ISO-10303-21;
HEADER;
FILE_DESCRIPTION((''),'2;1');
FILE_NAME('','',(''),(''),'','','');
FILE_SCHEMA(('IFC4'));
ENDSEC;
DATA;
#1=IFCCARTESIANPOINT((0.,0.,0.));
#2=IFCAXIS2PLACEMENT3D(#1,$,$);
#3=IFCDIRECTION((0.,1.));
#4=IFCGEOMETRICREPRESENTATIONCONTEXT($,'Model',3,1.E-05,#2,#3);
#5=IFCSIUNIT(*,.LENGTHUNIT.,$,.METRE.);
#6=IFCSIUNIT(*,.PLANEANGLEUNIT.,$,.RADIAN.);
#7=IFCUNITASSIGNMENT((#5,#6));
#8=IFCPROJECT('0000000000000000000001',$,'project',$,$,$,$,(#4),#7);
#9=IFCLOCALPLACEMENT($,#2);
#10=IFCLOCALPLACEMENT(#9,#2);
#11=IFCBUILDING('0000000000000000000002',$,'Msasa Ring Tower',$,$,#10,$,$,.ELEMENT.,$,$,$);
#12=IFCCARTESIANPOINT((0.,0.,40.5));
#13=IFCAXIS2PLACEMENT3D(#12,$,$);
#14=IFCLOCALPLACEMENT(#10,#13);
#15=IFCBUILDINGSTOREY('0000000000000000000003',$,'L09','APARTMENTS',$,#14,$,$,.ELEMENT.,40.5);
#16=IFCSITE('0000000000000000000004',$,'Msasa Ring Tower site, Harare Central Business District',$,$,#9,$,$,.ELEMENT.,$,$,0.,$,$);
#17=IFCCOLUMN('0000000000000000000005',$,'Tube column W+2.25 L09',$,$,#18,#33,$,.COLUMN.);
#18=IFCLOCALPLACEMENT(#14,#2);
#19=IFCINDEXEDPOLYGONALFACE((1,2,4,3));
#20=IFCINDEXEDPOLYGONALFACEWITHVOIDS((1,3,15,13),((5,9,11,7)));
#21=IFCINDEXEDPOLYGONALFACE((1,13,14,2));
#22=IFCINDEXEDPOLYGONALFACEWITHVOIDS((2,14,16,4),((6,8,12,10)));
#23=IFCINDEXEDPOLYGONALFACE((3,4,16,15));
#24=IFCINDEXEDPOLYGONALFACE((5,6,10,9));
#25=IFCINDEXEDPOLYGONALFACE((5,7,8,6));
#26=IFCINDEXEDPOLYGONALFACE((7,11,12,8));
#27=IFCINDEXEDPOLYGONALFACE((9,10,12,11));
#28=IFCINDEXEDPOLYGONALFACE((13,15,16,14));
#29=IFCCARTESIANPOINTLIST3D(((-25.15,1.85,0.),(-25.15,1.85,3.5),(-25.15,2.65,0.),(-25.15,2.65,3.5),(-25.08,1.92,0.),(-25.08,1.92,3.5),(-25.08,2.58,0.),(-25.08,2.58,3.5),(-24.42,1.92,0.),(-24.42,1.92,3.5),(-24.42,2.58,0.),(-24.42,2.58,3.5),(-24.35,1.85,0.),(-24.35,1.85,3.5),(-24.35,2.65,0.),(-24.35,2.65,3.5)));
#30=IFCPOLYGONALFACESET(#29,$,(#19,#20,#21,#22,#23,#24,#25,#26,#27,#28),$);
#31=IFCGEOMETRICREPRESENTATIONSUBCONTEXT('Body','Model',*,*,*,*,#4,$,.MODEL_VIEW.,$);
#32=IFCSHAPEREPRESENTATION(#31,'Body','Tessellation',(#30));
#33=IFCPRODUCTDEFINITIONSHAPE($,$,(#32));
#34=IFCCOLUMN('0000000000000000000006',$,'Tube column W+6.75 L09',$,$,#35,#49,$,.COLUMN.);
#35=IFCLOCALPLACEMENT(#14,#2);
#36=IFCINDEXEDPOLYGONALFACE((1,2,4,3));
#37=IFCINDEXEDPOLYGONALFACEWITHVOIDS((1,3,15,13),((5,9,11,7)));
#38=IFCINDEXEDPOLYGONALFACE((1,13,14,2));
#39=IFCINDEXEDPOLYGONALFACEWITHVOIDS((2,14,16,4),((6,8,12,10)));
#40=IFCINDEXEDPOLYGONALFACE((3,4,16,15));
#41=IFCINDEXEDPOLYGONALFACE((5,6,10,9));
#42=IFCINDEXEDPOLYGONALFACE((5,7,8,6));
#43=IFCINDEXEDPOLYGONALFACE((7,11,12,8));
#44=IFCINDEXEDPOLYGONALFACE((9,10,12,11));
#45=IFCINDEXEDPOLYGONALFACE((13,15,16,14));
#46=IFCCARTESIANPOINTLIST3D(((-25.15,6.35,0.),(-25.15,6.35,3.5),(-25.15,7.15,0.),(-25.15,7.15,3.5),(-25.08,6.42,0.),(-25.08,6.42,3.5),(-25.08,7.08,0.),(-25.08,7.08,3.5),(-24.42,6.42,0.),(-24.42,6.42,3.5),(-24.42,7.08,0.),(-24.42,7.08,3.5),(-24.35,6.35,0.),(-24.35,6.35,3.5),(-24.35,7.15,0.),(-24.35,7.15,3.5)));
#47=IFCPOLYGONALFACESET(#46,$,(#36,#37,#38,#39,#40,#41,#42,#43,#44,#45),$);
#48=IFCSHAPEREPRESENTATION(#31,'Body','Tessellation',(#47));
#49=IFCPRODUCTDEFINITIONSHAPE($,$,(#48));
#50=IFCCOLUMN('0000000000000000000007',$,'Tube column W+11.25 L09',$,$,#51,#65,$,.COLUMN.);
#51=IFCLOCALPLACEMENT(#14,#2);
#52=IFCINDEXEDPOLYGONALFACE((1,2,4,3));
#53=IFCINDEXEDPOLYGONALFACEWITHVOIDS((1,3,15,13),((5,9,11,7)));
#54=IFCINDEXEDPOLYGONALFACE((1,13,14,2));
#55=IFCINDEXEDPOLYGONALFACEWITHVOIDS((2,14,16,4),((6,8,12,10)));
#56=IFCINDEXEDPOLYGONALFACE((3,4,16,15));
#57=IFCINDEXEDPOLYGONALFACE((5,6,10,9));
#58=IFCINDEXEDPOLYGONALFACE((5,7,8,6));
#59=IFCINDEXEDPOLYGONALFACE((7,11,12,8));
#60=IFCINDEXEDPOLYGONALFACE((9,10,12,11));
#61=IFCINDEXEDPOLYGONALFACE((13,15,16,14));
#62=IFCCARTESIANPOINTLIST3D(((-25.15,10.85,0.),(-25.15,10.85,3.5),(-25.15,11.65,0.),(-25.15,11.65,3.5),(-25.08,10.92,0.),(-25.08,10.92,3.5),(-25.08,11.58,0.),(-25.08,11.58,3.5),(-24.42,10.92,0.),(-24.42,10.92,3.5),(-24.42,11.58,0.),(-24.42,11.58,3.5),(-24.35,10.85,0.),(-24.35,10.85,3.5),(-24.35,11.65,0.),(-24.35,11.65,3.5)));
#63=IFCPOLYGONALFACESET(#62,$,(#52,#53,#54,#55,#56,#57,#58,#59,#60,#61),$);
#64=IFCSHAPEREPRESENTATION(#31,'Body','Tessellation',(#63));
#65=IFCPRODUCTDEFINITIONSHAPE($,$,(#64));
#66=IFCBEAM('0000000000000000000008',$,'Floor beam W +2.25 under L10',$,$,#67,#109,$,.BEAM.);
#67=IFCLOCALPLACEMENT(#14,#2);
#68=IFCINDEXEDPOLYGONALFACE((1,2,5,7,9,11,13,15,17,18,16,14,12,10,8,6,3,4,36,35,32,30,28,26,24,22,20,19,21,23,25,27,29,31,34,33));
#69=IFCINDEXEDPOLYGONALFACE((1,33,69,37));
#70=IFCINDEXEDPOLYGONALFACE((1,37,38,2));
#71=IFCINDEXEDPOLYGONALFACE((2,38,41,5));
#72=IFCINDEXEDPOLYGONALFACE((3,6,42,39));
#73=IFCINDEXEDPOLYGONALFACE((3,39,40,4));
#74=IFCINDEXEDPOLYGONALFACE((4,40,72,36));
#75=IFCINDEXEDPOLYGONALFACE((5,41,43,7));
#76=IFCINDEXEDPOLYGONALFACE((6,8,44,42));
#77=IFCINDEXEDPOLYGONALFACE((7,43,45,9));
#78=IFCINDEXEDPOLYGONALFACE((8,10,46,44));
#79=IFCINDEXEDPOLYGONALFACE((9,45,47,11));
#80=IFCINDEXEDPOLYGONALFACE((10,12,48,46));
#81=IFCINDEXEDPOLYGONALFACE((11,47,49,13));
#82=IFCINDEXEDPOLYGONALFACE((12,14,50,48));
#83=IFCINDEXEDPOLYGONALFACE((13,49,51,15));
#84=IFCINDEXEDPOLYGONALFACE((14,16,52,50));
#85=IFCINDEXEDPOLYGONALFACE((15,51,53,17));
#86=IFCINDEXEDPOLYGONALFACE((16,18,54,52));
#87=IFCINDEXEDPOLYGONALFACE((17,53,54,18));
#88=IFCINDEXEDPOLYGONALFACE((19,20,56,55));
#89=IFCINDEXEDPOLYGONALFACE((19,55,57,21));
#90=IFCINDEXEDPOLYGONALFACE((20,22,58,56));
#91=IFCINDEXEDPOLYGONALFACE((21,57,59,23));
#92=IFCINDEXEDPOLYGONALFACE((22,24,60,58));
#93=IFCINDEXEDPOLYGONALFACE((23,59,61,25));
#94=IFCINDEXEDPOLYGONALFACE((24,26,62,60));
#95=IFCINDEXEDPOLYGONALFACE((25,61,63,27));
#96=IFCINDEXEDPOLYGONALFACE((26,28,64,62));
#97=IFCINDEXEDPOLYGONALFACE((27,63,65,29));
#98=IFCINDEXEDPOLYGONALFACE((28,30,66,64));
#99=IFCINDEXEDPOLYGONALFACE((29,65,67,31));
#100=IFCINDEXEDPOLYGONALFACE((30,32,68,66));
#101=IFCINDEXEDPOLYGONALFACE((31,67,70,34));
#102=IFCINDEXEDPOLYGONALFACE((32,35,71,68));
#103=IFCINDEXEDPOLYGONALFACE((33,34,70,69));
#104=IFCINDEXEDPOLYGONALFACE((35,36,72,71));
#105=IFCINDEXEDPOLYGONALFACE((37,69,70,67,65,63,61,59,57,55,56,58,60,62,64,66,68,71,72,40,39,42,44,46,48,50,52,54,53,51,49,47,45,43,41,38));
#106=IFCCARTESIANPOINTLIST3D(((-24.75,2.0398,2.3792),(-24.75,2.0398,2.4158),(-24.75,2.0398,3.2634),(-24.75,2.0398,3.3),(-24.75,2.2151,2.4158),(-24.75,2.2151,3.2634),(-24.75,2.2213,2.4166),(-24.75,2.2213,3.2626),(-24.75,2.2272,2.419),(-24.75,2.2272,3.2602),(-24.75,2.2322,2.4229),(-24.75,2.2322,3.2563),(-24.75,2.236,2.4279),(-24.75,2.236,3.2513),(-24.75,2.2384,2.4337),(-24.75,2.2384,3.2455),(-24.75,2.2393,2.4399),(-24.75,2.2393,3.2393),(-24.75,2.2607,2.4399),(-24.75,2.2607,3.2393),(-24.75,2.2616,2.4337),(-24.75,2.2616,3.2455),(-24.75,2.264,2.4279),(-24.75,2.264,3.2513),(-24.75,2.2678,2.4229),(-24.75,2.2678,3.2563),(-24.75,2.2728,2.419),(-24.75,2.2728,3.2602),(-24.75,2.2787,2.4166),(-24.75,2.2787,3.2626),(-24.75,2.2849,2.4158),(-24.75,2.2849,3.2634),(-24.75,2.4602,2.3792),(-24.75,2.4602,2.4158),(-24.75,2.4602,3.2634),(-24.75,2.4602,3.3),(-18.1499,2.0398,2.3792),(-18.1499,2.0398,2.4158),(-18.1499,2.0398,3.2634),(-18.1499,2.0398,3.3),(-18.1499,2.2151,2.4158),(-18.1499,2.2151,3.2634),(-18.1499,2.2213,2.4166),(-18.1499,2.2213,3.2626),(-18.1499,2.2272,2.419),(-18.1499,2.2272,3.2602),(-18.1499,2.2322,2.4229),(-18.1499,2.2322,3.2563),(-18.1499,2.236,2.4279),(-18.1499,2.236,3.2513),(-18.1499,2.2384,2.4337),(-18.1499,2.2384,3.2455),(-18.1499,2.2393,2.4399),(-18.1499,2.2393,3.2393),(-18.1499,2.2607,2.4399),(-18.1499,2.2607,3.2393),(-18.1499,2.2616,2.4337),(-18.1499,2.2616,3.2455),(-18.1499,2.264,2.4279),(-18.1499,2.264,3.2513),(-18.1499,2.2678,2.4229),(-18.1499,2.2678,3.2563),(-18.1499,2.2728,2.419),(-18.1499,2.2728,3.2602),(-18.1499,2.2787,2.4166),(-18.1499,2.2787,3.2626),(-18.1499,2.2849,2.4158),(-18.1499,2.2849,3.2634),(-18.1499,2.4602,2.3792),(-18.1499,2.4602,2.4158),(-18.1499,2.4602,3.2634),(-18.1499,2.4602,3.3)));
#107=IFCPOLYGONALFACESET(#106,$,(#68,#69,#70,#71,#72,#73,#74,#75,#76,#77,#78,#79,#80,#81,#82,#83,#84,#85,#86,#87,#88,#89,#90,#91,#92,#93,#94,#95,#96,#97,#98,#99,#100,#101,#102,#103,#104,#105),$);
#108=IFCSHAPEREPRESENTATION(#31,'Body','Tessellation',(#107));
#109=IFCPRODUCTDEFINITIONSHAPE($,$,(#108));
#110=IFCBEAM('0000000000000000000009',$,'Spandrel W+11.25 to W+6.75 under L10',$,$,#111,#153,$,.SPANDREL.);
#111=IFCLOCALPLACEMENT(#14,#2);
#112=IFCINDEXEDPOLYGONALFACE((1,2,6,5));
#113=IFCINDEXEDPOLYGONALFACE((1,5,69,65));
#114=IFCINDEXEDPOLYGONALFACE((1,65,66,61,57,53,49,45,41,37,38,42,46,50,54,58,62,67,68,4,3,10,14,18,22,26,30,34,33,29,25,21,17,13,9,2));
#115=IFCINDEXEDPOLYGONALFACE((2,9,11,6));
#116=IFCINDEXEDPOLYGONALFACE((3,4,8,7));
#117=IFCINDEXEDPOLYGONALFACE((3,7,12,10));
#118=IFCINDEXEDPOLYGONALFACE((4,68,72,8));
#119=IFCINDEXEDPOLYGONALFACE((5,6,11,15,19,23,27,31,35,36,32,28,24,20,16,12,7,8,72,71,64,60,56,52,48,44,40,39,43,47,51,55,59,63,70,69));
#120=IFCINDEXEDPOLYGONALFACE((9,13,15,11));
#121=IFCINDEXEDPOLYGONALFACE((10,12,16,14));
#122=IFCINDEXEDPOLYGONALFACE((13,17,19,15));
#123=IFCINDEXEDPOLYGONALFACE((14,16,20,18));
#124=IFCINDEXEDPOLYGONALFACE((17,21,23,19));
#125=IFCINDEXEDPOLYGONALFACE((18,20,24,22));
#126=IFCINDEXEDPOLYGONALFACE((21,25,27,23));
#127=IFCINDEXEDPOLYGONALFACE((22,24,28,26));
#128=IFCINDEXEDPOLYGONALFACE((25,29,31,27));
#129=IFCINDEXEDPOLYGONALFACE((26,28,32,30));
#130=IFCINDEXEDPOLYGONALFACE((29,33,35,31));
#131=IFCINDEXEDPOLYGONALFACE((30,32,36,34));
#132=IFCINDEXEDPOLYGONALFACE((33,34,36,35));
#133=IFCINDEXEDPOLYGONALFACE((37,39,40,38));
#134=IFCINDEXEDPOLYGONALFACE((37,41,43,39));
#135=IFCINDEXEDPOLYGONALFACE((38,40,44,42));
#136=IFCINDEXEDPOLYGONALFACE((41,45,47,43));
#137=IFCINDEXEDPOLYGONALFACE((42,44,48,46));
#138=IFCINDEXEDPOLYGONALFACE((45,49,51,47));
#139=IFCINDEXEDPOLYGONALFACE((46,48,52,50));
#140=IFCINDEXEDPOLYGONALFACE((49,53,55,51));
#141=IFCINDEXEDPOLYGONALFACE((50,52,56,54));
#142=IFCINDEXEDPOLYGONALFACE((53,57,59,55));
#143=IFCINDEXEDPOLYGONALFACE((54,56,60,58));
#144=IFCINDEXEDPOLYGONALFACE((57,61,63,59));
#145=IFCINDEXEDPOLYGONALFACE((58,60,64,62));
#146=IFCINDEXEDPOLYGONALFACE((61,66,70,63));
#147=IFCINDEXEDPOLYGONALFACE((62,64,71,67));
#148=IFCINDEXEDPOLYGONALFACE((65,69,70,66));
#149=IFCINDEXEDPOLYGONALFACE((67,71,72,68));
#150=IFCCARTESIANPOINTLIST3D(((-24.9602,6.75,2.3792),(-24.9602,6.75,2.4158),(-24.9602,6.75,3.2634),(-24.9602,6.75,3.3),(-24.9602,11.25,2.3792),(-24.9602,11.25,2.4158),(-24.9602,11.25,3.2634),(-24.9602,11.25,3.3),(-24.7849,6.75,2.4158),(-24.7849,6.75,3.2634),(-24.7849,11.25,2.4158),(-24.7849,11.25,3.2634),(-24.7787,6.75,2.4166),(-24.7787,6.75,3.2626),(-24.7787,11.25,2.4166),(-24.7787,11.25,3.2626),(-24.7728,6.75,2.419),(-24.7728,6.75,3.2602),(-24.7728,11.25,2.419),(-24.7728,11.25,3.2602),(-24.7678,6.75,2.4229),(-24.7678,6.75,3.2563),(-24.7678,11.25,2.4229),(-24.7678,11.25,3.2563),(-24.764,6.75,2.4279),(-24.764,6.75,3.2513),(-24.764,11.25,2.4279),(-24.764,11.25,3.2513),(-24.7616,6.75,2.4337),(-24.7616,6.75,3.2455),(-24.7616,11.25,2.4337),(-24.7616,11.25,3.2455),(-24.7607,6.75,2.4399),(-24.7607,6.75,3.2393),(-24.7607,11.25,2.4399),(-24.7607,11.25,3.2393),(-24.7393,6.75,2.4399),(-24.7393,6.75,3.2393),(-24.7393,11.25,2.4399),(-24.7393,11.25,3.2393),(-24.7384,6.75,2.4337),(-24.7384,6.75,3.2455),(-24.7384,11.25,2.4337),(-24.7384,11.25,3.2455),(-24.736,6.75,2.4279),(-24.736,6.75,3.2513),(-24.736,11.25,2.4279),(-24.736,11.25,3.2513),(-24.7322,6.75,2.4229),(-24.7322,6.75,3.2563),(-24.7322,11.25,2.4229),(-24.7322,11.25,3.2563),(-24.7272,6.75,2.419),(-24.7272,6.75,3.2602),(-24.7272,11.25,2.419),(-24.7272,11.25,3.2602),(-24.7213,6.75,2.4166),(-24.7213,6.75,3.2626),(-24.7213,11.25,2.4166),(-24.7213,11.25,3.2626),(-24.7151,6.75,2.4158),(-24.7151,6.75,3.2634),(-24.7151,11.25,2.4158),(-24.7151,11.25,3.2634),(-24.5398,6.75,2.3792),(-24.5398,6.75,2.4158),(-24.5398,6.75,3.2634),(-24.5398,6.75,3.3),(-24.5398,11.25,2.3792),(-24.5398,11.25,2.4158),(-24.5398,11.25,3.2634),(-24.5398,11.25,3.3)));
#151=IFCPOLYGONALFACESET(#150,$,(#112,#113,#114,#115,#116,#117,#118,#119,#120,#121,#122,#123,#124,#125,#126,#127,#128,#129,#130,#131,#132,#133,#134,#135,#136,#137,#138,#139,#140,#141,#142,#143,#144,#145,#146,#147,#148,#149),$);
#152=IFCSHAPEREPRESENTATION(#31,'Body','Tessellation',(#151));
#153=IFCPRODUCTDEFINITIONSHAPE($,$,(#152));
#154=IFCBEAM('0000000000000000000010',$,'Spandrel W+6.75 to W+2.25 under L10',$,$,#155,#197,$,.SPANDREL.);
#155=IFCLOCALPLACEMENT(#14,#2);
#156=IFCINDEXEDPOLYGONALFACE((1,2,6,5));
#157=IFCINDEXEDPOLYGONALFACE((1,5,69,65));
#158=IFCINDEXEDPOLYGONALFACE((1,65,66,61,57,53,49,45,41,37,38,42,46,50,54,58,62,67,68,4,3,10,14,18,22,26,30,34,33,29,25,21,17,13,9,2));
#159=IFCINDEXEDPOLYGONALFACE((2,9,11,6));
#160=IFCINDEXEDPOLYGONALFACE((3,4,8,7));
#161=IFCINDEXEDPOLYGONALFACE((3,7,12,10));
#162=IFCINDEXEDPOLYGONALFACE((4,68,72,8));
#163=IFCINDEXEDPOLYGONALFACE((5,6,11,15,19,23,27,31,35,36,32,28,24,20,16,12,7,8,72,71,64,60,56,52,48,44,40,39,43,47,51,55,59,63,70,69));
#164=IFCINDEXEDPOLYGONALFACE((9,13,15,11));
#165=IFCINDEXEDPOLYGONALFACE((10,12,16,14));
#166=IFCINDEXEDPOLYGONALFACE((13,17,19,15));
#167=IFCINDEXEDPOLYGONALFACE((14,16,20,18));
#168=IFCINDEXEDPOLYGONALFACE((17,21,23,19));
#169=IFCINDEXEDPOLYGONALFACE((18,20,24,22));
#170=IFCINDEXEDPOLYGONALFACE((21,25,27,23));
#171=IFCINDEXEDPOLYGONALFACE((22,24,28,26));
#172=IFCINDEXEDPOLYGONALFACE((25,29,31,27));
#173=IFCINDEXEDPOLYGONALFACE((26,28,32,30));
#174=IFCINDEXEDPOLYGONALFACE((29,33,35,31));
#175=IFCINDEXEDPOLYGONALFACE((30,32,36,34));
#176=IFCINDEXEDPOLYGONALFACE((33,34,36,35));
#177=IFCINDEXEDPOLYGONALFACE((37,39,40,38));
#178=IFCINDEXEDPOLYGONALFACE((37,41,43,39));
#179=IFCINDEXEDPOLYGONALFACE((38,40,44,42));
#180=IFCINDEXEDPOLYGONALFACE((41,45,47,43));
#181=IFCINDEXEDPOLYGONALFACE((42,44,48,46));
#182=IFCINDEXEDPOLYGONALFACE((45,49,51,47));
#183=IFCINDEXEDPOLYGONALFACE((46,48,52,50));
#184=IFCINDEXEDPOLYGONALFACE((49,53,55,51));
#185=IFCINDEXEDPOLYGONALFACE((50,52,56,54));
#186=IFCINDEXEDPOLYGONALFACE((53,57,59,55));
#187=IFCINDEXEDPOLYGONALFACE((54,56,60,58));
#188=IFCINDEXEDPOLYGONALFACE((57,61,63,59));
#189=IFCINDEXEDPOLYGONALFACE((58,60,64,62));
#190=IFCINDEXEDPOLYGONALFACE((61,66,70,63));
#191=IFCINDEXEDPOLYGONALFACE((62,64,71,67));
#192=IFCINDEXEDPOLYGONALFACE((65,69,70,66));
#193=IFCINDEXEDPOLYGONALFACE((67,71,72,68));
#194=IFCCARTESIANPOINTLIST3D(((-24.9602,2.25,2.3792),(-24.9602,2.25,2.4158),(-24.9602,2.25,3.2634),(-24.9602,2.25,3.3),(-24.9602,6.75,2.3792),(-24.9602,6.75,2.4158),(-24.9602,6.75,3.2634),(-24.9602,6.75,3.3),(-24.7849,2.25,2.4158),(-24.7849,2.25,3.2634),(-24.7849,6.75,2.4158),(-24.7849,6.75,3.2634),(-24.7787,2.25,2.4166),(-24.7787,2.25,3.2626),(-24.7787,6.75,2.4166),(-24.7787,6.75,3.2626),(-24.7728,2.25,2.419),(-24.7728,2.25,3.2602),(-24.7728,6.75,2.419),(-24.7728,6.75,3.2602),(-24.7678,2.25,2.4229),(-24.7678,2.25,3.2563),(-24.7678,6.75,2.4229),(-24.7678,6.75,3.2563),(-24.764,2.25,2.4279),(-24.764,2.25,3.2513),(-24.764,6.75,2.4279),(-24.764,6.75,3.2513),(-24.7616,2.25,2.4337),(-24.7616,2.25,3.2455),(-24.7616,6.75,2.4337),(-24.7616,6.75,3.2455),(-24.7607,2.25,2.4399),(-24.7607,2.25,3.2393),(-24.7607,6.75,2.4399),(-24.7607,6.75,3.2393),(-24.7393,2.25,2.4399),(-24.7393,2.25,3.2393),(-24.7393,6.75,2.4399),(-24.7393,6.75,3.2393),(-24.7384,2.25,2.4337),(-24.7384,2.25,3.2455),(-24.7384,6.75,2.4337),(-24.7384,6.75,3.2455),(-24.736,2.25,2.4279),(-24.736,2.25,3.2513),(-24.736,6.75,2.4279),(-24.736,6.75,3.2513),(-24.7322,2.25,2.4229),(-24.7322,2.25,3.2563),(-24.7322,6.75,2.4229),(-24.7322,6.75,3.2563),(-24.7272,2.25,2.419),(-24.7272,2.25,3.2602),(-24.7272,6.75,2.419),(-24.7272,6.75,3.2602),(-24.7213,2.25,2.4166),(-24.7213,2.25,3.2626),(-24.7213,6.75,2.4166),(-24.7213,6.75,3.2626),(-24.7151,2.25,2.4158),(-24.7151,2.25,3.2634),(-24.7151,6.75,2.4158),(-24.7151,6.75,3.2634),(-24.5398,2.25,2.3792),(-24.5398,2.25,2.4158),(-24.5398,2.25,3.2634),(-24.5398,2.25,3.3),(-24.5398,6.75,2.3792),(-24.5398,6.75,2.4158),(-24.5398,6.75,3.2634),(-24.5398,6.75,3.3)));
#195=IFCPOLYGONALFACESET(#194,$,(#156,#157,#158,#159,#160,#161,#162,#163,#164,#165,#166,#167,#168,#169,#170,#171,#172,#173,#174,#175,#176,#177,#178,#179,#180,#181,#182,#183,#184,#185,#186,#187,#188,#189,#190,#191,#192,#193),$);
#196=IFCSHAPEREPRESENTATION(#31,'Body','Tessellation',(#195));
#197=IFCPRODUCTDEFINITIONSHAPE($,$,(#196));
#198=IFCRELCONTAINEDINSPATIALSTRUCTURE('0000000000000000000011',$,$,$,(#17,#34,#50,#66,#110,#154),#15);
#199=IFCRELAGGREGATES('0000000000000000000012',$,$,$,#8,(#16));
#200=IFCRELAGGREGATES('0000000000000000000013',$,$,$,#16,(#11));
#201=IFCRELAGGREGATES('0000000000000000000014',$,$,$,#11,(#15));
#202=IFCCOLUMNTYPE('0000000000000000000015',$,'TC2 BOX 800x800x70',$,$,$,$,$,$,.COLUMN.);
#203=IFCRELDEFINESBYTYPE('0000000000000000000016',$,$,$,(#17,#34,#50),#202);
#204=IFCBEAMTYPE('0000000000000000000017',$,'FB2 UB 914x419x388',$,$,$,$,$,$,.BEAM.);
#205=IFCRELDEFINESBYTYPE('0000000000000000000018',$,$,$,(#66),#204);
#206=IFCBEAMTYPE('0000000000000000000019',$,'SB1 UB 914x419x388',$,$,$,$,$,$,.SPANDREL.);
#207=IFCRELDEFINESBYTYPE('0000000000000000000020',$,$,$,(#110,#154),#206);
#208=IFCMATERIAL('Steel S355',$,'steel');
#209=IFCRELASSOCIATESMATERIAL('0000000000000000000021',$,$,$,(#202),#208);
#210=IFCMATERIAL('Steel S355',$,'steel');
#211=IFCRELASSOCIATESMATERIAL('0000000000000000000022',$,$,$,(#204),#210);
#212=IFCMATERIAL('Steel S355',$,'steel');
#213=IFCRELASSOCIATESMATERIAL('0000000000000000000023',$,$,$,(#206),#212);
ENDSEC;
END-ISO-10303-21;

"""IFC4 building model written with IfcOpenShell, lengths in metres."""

from ifc_helpers import new_model, si_unit, direction, frame, origin, origin_2d, place, context, subcontext, project, spatial, hollow_rectangle, i_section, extrude, material, material_profile, profile_set, type_object, element, save


model = new_model("IFC4")

# Units and contexts
model_context = context("Model", 3, precision=1e-05, world=origin(), true_north=direction((0.0, 1.0)))
body_context = subcontext(model_context, "Body", "Model", "MODEL_VIEW")
ifc_project = project(units=[si_unit("LENGTHUNIT", "METRE"), si_unit("PLANEANGLEUNIT", "RADIAN")], contexts=[model_context])

# Site, building, storey
site_placement = place(None, origin())
site = spatial("IfcSite", under=ifc_project, at=site_placement, Name="Msasa Ring Tower site, Harare Central Business District", CompositionType="ELEMENT", RefElevation=0.0)
building_placement = place(site_placement, origin())
building = spatial("IfcBuilding", under=site, at=building_placement, Name="Msasa Ring Tower", CompositionType="ELEMENT")
storey_placement = place(building_placement, frame((0.0, 0.0, 40.5)))
storey = spatial("IfcBuildingStorey", under=building, at=storey_placement, Name="L09", Description="APARTMENTS", CompositionType="ELEMENT", Elevation=40.5)

# Columns
ifc_material_1 = material(Name="Steel S355", Category="steel")
ifc_material_profile_1 = material_profile(ifc_material_1, hollow_rectangle(XDim=0.8, YDim=0.8, WallThickness=0.0701, at=origin_2d()), Name="BOX 800x800x70")
ifc_profile_set_1 = profile_set([ifc_material_profile_1], Name="Steel S355")
column_type = type_object("IfcColumnType", Name="TC2 BOX 800x800x70", PredefinedType="COLUMN", material=ifc_profile_set_1)
for number, where, z_axis, x_axis, name in (
    (1, (-24.75, 2.25, 0.0), (0.0, 0.0, 1.0), (1.0, 0.0, 0.0), "Tube column W+2.25 L09"),
    (2, (-24.75, 6.75, 0.0), (0.0, 0.0, 1.0), (1.0, 0.0, 0.0), "Tube column W+6.75 L09"),
    (3, (-24.75, 11.25, 0.0), (0.0, 0.0, 1.0), (1.0, 0.0, 0.0), "Tube column W+11.25 L09"),
):
    element("IfcColumn", number, at=place(storey_placement, frame(where, z_axis=z_axis, x_axis=x_axis)), inside=storey, type_object=column_type, Name=name, PredefinedType="COLUMN", context=body_context, shape_type="SweptSolid", body=[
        extrude(hollow_rectangle(XDim=0.8, YDim=0.8, WallThickness=0.0701, at=origin_2d()), origin(), (0.0, 0.0, 1.0), 3.5),
    ])

# Beams
ifc_material_2 = material(Name="Steel S355", Category="steel")
ifc_material_profile_2 = material_profile(ifc_material_2, i_section(OverallWidth=0.4204, OverallDepth=0.9209, WebThickness=0.0215, FlangeThickness=0.0366, FilletRadius=0.0242, at=origin_2d()), Name="UB 914x419x388")
ifc_profile_set_2 = profile_set([ifc_material_profile_2], Name="Steel S355")
beam_type_1 = type_object("IfcBeamType", Name="FB2 UB 914x419x388", PredefinedType="BEAM", material=ifc_profile_set_2)
beam_placement = place(storey_placement, frame((-24.75, 2.25, 2.8396), z_axis=(1.0, 0.0, 0.0), x_axis=(0.0, 1.0, 0.0)))
element("IfcBeam", 4, at=beam_placement, inside=storey, type_object=beam_type_1, Name="Floor beam W +2.25 under L10", PredefinedType="BEAM", context=body_context, shape_type="SweptSolid", body=[
    extrude(i_section(OverallWidth=0.4204, OverallDepth=0.9209, WebThickness=0.0215, FlangeThickness=0.0366, FilletRadius=0.0242, at=origin_2d()), origin(), (0.0, 0.0, 1.0), 6.6001),
])
ifc_material_3 = material(Name="Steel S355", Category="steel")
ifc_material_profile_3 = material_profile(ifc_material_3, i_section(OverallWidth=0.4204, OverallDepth=0.9209, WebThickness=0.0215, FlangeThickness=0.0366, FilletRadius=0.0242, at=origin_2d()), Name="UB 914x419x388")
ifc_profile_set_3 = profile_set([ifc_material_profile_3], Name="Steel S355")
beam_type_2 = type_object("IfcBeamType", Name="SB1 UB 914x419x388", PredefinedType="SPANDREL", material=ifc_profile_set_3)
for number, where, z_axis, x_axis, name in (
    (5, (-24.75, 11.25, 2.8396), (0.0, -1.0, 0.0), (1.0, 0.0, 0.0), "Spandrel W+11.25 to W+6.75 under L10"),
    (6, (-24.75, 6.75, 2.8396), (0.0, -1.0, 0.0), (1.0, 0.0, 0.0), "Spandrel W+6.75 to W+2.25 under L10"),
):
    element("IfcBeam", number, at=place(storey_placement, frame(where, z_axis=z_axis, x_axis=x_axis)), inside=storey, type_object=beam_type_2, Name=name, PredefinedType="SPANDREL", context=body_context, shape_type="SweptSolid", body=[
        extrude(i_section(OverallWidth=0.4204, OverallDepth=0.9209, WebThickness=0.0215, FlangeThickness=0.0366, FilletRadius=0.0242, at=origin_2d()), origin(), (0.0, 0.0, 1.0), 4.5),
    ])

save(model, "model.ifc")
